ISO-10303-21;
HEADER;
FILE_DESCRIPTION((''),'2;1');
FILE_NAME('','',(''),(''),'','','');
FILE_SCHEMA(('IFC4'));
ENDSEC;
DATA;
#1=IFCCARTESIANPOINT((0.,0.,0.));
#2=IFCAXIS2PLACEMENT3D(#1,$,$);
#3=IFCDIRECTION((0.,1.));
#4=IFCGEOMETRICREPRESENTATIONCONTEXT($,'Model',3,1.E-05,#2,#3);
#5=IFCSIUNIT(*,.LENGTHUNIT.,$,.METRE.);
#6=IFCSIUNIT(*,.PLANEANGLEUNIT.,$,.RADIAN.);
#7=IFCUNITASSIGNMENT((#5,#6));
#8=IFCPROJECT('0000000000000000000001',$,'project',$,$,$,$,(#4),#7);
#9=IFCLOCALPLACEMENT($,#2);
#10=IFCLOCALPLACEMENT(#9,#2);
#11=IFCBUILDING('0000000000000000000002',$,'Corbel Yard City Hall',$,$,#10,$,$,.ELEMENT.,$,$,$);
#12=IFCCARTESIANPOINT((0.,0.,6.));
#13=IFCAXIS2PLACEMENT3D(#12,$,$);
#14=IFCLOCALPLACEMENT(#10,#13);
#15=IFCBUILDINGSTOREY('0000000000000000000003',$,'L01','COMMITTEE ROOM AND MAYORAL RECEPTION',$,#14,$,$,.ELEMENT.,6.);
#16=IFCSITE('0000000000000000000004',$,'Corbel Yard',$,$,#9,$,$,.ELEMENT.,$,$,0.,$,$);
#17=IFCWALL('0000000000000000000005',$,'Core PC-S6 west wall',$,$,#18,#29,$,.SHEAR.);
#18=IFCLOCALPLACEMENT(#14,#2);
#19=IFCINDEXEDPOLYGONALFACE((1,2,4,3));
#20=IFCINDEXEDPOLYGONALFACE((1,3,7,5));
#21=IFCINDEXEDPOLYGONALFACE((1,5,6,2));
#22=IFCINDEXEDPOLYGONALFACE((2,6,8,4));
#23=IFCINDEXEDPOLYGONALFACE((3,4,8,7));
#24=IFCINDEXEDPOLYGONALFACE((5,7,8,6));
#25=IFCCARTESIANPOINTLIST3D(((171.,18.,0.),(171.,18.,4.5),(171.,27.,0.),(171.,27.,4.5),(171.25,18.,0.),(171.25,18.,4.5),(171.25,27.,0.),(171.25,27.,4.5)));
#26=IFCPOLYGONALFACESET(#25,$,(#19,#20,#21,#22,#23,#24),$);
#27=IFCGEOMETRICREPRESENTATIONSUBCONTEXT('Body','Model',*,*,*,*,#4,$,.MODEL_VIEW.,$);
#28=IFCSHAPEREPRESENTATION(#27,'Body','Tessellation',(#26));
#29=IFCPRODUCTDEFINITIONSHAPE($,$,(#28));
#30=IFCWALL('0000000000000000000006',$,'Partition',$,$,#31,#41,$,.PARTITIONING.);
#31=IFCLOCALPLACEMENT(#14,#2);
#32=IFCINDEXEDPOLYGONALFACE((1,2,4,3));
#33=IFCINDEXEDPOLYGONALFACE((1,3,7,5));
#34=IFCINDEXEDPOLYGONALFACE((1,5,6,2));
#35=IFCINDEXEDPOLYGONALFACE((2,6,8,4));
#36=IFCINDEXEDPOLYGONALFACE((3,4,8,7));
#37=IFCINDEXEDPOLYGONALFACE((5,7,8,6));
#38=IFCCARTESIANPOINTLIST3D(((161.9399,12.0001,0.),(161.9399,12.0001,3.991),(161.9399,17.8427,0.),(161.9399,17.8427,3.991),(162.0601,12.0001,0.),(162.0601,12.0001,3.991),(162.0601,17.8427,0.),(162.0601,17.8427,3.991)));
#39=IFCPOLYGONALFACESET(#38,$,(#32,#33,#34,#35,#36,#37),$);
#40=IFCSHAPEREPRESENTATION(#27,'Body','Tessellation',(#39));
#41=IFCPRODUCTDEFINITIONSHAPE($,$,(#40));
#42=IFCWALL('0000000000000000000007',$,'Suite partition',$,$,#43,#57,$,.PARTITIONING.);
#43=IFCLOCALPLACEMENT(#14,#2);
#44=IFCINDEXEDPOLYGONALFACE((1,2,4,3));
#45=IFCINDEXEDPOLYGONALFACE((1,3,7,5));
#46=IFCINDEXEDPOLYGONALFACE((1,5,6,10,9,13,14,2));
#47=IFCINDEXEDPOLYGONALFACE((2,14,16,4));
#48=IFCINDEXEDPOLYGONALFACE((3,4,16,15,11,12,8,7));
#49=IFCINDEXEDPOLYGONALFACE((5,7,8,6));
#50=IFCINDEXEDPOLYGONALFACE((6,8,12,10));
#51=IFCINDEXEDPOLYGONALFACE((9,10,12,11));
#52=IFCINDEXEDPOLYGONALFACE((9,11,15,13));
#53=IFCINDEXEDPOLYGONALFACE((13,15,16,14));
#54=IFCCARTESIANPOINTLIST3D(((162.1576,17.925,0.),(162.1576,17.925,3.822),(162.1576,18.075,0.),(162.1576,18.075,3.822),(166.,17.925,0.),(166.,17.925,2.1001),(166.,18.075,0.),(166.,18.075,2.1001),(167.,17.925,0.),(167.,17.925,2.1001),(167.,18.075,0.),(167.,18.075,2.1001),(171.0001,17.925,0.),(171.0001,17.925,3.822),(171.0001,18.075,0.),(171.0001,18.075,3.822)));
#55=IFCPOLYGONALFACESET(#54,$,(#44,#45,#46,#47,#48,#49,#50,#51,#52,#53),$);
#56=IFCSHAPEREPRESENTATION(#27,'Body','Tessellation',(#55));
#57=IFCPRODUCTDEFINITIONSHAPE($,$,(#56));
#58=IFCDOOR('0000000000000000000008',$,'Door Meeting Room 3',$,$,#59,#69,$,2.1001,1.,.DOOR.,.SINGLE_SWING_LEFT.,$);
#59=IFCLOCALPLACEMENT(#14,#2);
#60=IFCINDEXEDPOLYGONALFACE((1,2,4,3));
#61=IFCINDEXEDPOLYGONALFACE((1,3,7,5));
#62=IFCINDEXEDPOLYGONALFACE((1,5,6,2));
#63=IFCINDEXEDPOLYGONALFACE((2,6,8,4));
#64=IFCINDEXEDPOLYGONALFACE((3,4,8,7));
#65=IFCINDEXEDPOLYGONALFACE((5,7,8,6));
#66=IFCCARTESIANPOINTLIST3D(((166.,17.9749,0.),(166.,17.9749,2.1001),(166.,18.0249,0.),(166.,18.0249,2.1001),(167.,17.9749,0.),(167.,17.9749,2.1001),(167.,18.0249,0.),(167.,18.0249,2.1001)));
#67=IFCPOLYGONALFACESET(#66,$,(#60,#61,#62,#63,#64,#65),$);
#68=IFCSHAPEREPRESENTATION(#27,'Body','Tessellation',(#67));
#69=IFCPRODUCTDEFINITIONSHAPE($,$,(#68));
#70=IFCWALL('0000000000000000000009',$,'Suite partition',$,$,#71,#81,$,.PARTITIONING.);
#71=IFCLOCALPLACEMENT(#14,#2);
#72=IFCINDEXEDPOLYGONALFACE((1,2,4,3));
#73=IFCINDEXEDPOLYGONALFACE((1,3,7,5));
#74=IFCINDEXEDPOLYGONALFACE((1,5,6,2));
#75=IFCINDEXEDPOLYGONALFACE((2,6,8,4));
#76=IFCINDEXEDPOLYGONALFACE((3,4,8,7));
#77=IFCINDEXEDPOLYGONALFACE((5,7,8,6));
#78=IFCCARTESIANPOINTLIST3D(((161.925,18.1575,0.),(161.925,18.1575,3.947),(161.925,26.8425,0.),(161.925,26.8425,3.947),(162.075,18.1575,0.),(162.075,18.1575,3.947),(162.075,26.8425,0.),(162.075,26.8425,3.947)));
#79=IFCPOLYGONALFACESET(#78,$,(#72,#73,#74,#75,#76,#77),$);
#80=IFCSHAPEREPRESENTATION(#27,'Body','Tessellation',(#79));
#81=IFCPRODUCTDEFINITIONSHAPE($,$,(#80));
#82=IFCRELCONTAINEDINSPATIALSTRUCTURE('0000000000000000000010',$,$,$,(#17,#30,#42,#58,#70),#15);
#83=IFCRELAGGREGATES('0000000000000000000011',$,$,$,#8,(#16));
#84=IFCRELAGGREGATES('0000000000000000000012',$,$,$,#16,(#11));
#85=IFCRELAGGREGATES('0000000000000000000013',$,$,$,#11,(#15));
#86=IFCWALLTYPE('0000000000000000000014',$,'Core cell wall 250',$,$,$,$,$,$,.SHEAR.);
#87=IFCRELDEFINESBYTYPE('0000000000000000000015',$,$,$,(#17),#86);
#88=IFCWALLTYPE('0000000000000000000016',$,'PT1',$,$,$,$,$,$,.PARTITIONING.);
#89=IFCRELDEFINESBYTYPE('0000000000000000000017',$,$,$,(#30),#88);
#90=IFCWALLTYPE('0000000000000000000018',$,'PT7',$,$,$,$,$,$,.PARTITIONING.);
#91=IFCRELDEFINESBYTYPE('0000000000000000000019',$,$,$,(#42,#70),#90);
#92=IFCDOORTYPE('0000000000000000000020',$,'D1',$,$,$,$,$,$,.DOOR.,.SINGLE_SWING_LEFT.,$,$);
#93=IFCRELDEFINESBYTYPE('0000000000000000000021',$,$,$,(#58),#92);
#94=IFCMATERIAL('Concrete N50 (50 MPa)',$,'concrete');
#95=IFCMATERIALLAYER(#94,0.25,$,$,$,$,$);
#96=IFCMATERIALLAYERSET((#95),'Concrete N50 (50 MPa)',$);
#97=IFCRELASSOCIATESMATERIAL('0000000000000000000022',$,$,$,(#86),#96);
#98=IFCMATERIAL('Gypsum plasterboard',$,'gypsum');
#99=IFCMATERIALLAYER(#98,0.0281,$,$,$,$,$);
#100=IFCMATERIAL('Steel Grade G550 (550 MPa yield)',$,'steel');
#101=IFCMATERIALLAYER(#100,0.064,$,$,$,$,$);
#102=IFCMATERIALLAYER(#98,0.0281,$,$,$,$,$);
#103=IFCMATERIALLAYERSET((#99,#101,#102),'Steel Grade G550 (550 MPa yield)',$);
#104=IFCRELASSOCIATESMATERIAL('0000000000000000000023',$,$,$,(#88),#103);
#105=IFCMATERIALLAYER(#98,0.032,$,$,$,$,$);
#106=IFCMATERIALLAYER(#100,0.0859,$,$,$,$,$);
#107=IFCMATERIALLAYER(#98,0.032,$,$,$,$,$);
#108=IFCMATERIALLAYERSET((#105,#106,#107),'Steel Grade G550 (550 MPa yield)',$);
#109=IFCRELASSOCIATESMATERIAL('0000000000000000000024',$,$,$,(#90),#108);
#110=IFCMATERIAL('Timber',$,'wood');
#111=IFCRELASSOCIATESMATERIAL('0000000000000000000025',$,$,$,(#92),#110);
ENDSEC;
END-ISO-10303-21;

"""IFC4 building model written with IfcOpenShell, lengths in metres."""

from ifc_helpers import new_model, si_unit, direction, frame, frame_2d, origin, place, context, subcontext, project, spatial, rectangle, extrude, material, layer, layer_set, type_object, element, fill, save


model = new_model("IFC4")

# Units and contexts
model_context = context("Model", 3, precision=1e-05, world=origin(), true_north=direction((0.0, 1.0)))
body_context = subcontext(model_context, "Body", "Model", "MODEL_VIEW")
ifc_project = project(units=[si_unit("LENGTHUNIT", "METRE"), si_unit("PLANEANGLEUNIT", "RADIAN")], contexts=[model_context])

# Site, building, storey
site_placement = place(None, origin())
site = spatial("IfcSite", under=ifc_project, at=site_placement, Name="Corbel Yard", CompositionType="ELEMENT", RefElevation=0.0)
building_placement = place(site_placement, origin())
building = spatial("IfcBuilding", under=site, at=building_placement, Name="Corbel Yard City Hall", CompositionType="ELEMENT")
storey_placement = place(building_placement, frame((0.0, 0.0, 6.0)))
storey = spatial("IfcBuildingStorey", under=building, at=storey_placement, Name="L01", Description="COMMITTEE ROOM AND MAYORAL RECEPTION", CompositionType="ELEMENT", Elevation=6.0)

# Walls
ifc_material_1 = material(Name="Concrete N50 (50 MPa)", Category="concrete")
ifc_layer_1 = layer(ifc_material_1, 0.25)
ifc_layer_set_1 = layer_set([ifc_layer_1], Name="Concrete N50 (50 MPa)")
wall_type_1 = type_object("IfcWallType", Name="Core cell wall 250", PredefinedType="SHEAR", material=ifc_layer_set_1)
wall_1_placement = place(storey_placement, frame((171.125, 18.0, 0.0), z_axis=(0.0, 0.0, 1.0), x_axis=(0.0, 1.0, 0.0)))
element("IfcWall", 1, at=wall_1_placement, inside=storey, type_object=wall_type_1, Name="Core PC-S6 west wall", PredefinedType="SHEAR", context=body_context, shape_type="SweptSolid", body=[
    extrude(rectangle(XDim=9.0, YDim=0.25, at=frame_2d((4.5, 0.0))), origin(), (0.0, 0.0, 1.0), 4.5),
])
ifc_material_2 = material(Name="Gypsum plasterboard", Category="gypsum")
ifc_layer_2 = layer(ifc_material_2, 0.0281)
ifc_material_3 = material(Name="Steel Grade G550 (550 MPa yield)", Category="steel")
ifc_layer_3 = layer(ifc_material_3, 0.064)
ifc_layer_4 = layer(ifc_material_2, 0.0281)
ifc_layer_set_2 = layer_set([ifc_layer_2, ifc_layer_3, ifc_layer_4], Name="Steel Grade G550 (550 MPa yield)")
wall_type_2 = type_object("IfcWallType", Name="PT1", PredefinedType="PARTITIONING", material=ifc_layer_set_2)
wall_2_placement = place(storey_placement, frame((162.0, 12.0, 0.0), z_axis=(0.0, 0.0, 1.0), x_axis=(0.0, 1.0, 0.0)))
element("IfcWall", 2, at=wall_2_placement, inside=storey, type_object=wall_type_2, Name="Partition", PredefinedType="PARTITIONING", context=body_context, shape_type="SweptSolid", body=[
    extrude(rectangle(XDim=5.8425, YDim=0.1201, at=frame_2d((2.9214, 0.0))), origin(), (0.0, 0.0, 1.0), 3.991),
])

# Wall, opening, door
ifc_layer_5 = layer(ifc_material_2, 0.032)
ifc_layer_6 = layer(ifc_material_3, 0.0859)
ifc_layer_7 = layer(ifc_material_2, 0.032)
ifc_layer_set_3 = layer_set([ifc_layer_5, ifc_layer_6, ifc_layer_7], Name="Steel Grade G550 (550 MPa yield)")
wall_type_3 = type_object("IfcWallType", Name="PT7", PredefinedType="PARTITIONING", material=ifc_layer_set_3)
wall_3_placement = place(storey_placement, frame((162.1575, 18.0, 0.0), z_axis=(0.0, 0.0, 1.0), x_axis=(1.0, 0.0, 0.0)))
wall_3 = element("IfcWall", 3, at=wall_3_placement, inside=storey, type_object=wall_type_3, Name="Suite partition", PredefinedType="PARTITIONING", context=body_context, shape_type="SweptSolid", body=[
    extrude(rectangle(XDim=8.8425, YDim=0.1499, at=frame_2d((4.4214, 0.0))), origin(), (0.0, 0.0, 1.0), 3.822),
])
opening_placement = place(wall_3_placement, frame((3.8425, 0.0, 0.0)))
opening = element("IfcOpeningElement", 4, at=opening_placement, cuts=wall_3, PredefinedType="OPENING", context=body_context, shape_type="SweptSolid", body=[
    extrude(rectangle(XDim=1.0, YDim=2.1001, at=frame_2d((0.5, 1.05))), frame((0.0, 0.085, 0.0), z_axis=(0.0, -1.0, 0.0), x_axis=(1.0, 0.0, 0.0)), (0.0, 0.0, 1.0), 0.1699),
])
ifc_material_4 = material(Name="Timber", Category="wood")
door_type = type_object("IfcDoorType", Name="D1", OperationType="SINGLE_SWING_LEFT", PredefinedType="DOOR", material=ifc_material_4)
door_placement = place(opening_placement, origin())
door = element("IfcDoor", 5, at=door_placement, inside=storey, type_object=door_type, Name="Door Meeting Room 3", OperationType="SINGLE_SWING_LEFT", OverallHeight=2.1001, OverallWidth=1.0, PredefinedType="DOOR", context=body_context, shape_type="SweptSolid", body=[
    extrude(rectangle(XDim=1.0, YDim=2.1001, at=frame_2d((0.5, 1.05))), frame((0.0, 0.0249, 0.0), z_axis=(0.0, -1.0, 0.0), x_axis=(1.0, 0.0, 0.0)), (0.0, 0.0, 1.0), 0.05),
])
fill(opening, door)

# Wall
wall_4_placement = place(storey_placement, frame((162.0, 18.1575, 0.0), z_axis=(0.0, 0.0, 1.0), x_axis=(0.0, 1.0, 0.0)))
element("IfcWall", 6, at=wall_4_placement, inside=storey, type_object=wall_type_3, Name="Suite partition", PredefinedType="PARTITIONING", context=body_context, shape_type="SweptSolid", body=[
    extrude(rectangle(XDim=8.6851, YDim=0.1499, at=frame_2d((4.3425, 0.0))), origin(), (0.0, 0.0, 1.0), 3.947),
])

save(model, "model.ifc")
